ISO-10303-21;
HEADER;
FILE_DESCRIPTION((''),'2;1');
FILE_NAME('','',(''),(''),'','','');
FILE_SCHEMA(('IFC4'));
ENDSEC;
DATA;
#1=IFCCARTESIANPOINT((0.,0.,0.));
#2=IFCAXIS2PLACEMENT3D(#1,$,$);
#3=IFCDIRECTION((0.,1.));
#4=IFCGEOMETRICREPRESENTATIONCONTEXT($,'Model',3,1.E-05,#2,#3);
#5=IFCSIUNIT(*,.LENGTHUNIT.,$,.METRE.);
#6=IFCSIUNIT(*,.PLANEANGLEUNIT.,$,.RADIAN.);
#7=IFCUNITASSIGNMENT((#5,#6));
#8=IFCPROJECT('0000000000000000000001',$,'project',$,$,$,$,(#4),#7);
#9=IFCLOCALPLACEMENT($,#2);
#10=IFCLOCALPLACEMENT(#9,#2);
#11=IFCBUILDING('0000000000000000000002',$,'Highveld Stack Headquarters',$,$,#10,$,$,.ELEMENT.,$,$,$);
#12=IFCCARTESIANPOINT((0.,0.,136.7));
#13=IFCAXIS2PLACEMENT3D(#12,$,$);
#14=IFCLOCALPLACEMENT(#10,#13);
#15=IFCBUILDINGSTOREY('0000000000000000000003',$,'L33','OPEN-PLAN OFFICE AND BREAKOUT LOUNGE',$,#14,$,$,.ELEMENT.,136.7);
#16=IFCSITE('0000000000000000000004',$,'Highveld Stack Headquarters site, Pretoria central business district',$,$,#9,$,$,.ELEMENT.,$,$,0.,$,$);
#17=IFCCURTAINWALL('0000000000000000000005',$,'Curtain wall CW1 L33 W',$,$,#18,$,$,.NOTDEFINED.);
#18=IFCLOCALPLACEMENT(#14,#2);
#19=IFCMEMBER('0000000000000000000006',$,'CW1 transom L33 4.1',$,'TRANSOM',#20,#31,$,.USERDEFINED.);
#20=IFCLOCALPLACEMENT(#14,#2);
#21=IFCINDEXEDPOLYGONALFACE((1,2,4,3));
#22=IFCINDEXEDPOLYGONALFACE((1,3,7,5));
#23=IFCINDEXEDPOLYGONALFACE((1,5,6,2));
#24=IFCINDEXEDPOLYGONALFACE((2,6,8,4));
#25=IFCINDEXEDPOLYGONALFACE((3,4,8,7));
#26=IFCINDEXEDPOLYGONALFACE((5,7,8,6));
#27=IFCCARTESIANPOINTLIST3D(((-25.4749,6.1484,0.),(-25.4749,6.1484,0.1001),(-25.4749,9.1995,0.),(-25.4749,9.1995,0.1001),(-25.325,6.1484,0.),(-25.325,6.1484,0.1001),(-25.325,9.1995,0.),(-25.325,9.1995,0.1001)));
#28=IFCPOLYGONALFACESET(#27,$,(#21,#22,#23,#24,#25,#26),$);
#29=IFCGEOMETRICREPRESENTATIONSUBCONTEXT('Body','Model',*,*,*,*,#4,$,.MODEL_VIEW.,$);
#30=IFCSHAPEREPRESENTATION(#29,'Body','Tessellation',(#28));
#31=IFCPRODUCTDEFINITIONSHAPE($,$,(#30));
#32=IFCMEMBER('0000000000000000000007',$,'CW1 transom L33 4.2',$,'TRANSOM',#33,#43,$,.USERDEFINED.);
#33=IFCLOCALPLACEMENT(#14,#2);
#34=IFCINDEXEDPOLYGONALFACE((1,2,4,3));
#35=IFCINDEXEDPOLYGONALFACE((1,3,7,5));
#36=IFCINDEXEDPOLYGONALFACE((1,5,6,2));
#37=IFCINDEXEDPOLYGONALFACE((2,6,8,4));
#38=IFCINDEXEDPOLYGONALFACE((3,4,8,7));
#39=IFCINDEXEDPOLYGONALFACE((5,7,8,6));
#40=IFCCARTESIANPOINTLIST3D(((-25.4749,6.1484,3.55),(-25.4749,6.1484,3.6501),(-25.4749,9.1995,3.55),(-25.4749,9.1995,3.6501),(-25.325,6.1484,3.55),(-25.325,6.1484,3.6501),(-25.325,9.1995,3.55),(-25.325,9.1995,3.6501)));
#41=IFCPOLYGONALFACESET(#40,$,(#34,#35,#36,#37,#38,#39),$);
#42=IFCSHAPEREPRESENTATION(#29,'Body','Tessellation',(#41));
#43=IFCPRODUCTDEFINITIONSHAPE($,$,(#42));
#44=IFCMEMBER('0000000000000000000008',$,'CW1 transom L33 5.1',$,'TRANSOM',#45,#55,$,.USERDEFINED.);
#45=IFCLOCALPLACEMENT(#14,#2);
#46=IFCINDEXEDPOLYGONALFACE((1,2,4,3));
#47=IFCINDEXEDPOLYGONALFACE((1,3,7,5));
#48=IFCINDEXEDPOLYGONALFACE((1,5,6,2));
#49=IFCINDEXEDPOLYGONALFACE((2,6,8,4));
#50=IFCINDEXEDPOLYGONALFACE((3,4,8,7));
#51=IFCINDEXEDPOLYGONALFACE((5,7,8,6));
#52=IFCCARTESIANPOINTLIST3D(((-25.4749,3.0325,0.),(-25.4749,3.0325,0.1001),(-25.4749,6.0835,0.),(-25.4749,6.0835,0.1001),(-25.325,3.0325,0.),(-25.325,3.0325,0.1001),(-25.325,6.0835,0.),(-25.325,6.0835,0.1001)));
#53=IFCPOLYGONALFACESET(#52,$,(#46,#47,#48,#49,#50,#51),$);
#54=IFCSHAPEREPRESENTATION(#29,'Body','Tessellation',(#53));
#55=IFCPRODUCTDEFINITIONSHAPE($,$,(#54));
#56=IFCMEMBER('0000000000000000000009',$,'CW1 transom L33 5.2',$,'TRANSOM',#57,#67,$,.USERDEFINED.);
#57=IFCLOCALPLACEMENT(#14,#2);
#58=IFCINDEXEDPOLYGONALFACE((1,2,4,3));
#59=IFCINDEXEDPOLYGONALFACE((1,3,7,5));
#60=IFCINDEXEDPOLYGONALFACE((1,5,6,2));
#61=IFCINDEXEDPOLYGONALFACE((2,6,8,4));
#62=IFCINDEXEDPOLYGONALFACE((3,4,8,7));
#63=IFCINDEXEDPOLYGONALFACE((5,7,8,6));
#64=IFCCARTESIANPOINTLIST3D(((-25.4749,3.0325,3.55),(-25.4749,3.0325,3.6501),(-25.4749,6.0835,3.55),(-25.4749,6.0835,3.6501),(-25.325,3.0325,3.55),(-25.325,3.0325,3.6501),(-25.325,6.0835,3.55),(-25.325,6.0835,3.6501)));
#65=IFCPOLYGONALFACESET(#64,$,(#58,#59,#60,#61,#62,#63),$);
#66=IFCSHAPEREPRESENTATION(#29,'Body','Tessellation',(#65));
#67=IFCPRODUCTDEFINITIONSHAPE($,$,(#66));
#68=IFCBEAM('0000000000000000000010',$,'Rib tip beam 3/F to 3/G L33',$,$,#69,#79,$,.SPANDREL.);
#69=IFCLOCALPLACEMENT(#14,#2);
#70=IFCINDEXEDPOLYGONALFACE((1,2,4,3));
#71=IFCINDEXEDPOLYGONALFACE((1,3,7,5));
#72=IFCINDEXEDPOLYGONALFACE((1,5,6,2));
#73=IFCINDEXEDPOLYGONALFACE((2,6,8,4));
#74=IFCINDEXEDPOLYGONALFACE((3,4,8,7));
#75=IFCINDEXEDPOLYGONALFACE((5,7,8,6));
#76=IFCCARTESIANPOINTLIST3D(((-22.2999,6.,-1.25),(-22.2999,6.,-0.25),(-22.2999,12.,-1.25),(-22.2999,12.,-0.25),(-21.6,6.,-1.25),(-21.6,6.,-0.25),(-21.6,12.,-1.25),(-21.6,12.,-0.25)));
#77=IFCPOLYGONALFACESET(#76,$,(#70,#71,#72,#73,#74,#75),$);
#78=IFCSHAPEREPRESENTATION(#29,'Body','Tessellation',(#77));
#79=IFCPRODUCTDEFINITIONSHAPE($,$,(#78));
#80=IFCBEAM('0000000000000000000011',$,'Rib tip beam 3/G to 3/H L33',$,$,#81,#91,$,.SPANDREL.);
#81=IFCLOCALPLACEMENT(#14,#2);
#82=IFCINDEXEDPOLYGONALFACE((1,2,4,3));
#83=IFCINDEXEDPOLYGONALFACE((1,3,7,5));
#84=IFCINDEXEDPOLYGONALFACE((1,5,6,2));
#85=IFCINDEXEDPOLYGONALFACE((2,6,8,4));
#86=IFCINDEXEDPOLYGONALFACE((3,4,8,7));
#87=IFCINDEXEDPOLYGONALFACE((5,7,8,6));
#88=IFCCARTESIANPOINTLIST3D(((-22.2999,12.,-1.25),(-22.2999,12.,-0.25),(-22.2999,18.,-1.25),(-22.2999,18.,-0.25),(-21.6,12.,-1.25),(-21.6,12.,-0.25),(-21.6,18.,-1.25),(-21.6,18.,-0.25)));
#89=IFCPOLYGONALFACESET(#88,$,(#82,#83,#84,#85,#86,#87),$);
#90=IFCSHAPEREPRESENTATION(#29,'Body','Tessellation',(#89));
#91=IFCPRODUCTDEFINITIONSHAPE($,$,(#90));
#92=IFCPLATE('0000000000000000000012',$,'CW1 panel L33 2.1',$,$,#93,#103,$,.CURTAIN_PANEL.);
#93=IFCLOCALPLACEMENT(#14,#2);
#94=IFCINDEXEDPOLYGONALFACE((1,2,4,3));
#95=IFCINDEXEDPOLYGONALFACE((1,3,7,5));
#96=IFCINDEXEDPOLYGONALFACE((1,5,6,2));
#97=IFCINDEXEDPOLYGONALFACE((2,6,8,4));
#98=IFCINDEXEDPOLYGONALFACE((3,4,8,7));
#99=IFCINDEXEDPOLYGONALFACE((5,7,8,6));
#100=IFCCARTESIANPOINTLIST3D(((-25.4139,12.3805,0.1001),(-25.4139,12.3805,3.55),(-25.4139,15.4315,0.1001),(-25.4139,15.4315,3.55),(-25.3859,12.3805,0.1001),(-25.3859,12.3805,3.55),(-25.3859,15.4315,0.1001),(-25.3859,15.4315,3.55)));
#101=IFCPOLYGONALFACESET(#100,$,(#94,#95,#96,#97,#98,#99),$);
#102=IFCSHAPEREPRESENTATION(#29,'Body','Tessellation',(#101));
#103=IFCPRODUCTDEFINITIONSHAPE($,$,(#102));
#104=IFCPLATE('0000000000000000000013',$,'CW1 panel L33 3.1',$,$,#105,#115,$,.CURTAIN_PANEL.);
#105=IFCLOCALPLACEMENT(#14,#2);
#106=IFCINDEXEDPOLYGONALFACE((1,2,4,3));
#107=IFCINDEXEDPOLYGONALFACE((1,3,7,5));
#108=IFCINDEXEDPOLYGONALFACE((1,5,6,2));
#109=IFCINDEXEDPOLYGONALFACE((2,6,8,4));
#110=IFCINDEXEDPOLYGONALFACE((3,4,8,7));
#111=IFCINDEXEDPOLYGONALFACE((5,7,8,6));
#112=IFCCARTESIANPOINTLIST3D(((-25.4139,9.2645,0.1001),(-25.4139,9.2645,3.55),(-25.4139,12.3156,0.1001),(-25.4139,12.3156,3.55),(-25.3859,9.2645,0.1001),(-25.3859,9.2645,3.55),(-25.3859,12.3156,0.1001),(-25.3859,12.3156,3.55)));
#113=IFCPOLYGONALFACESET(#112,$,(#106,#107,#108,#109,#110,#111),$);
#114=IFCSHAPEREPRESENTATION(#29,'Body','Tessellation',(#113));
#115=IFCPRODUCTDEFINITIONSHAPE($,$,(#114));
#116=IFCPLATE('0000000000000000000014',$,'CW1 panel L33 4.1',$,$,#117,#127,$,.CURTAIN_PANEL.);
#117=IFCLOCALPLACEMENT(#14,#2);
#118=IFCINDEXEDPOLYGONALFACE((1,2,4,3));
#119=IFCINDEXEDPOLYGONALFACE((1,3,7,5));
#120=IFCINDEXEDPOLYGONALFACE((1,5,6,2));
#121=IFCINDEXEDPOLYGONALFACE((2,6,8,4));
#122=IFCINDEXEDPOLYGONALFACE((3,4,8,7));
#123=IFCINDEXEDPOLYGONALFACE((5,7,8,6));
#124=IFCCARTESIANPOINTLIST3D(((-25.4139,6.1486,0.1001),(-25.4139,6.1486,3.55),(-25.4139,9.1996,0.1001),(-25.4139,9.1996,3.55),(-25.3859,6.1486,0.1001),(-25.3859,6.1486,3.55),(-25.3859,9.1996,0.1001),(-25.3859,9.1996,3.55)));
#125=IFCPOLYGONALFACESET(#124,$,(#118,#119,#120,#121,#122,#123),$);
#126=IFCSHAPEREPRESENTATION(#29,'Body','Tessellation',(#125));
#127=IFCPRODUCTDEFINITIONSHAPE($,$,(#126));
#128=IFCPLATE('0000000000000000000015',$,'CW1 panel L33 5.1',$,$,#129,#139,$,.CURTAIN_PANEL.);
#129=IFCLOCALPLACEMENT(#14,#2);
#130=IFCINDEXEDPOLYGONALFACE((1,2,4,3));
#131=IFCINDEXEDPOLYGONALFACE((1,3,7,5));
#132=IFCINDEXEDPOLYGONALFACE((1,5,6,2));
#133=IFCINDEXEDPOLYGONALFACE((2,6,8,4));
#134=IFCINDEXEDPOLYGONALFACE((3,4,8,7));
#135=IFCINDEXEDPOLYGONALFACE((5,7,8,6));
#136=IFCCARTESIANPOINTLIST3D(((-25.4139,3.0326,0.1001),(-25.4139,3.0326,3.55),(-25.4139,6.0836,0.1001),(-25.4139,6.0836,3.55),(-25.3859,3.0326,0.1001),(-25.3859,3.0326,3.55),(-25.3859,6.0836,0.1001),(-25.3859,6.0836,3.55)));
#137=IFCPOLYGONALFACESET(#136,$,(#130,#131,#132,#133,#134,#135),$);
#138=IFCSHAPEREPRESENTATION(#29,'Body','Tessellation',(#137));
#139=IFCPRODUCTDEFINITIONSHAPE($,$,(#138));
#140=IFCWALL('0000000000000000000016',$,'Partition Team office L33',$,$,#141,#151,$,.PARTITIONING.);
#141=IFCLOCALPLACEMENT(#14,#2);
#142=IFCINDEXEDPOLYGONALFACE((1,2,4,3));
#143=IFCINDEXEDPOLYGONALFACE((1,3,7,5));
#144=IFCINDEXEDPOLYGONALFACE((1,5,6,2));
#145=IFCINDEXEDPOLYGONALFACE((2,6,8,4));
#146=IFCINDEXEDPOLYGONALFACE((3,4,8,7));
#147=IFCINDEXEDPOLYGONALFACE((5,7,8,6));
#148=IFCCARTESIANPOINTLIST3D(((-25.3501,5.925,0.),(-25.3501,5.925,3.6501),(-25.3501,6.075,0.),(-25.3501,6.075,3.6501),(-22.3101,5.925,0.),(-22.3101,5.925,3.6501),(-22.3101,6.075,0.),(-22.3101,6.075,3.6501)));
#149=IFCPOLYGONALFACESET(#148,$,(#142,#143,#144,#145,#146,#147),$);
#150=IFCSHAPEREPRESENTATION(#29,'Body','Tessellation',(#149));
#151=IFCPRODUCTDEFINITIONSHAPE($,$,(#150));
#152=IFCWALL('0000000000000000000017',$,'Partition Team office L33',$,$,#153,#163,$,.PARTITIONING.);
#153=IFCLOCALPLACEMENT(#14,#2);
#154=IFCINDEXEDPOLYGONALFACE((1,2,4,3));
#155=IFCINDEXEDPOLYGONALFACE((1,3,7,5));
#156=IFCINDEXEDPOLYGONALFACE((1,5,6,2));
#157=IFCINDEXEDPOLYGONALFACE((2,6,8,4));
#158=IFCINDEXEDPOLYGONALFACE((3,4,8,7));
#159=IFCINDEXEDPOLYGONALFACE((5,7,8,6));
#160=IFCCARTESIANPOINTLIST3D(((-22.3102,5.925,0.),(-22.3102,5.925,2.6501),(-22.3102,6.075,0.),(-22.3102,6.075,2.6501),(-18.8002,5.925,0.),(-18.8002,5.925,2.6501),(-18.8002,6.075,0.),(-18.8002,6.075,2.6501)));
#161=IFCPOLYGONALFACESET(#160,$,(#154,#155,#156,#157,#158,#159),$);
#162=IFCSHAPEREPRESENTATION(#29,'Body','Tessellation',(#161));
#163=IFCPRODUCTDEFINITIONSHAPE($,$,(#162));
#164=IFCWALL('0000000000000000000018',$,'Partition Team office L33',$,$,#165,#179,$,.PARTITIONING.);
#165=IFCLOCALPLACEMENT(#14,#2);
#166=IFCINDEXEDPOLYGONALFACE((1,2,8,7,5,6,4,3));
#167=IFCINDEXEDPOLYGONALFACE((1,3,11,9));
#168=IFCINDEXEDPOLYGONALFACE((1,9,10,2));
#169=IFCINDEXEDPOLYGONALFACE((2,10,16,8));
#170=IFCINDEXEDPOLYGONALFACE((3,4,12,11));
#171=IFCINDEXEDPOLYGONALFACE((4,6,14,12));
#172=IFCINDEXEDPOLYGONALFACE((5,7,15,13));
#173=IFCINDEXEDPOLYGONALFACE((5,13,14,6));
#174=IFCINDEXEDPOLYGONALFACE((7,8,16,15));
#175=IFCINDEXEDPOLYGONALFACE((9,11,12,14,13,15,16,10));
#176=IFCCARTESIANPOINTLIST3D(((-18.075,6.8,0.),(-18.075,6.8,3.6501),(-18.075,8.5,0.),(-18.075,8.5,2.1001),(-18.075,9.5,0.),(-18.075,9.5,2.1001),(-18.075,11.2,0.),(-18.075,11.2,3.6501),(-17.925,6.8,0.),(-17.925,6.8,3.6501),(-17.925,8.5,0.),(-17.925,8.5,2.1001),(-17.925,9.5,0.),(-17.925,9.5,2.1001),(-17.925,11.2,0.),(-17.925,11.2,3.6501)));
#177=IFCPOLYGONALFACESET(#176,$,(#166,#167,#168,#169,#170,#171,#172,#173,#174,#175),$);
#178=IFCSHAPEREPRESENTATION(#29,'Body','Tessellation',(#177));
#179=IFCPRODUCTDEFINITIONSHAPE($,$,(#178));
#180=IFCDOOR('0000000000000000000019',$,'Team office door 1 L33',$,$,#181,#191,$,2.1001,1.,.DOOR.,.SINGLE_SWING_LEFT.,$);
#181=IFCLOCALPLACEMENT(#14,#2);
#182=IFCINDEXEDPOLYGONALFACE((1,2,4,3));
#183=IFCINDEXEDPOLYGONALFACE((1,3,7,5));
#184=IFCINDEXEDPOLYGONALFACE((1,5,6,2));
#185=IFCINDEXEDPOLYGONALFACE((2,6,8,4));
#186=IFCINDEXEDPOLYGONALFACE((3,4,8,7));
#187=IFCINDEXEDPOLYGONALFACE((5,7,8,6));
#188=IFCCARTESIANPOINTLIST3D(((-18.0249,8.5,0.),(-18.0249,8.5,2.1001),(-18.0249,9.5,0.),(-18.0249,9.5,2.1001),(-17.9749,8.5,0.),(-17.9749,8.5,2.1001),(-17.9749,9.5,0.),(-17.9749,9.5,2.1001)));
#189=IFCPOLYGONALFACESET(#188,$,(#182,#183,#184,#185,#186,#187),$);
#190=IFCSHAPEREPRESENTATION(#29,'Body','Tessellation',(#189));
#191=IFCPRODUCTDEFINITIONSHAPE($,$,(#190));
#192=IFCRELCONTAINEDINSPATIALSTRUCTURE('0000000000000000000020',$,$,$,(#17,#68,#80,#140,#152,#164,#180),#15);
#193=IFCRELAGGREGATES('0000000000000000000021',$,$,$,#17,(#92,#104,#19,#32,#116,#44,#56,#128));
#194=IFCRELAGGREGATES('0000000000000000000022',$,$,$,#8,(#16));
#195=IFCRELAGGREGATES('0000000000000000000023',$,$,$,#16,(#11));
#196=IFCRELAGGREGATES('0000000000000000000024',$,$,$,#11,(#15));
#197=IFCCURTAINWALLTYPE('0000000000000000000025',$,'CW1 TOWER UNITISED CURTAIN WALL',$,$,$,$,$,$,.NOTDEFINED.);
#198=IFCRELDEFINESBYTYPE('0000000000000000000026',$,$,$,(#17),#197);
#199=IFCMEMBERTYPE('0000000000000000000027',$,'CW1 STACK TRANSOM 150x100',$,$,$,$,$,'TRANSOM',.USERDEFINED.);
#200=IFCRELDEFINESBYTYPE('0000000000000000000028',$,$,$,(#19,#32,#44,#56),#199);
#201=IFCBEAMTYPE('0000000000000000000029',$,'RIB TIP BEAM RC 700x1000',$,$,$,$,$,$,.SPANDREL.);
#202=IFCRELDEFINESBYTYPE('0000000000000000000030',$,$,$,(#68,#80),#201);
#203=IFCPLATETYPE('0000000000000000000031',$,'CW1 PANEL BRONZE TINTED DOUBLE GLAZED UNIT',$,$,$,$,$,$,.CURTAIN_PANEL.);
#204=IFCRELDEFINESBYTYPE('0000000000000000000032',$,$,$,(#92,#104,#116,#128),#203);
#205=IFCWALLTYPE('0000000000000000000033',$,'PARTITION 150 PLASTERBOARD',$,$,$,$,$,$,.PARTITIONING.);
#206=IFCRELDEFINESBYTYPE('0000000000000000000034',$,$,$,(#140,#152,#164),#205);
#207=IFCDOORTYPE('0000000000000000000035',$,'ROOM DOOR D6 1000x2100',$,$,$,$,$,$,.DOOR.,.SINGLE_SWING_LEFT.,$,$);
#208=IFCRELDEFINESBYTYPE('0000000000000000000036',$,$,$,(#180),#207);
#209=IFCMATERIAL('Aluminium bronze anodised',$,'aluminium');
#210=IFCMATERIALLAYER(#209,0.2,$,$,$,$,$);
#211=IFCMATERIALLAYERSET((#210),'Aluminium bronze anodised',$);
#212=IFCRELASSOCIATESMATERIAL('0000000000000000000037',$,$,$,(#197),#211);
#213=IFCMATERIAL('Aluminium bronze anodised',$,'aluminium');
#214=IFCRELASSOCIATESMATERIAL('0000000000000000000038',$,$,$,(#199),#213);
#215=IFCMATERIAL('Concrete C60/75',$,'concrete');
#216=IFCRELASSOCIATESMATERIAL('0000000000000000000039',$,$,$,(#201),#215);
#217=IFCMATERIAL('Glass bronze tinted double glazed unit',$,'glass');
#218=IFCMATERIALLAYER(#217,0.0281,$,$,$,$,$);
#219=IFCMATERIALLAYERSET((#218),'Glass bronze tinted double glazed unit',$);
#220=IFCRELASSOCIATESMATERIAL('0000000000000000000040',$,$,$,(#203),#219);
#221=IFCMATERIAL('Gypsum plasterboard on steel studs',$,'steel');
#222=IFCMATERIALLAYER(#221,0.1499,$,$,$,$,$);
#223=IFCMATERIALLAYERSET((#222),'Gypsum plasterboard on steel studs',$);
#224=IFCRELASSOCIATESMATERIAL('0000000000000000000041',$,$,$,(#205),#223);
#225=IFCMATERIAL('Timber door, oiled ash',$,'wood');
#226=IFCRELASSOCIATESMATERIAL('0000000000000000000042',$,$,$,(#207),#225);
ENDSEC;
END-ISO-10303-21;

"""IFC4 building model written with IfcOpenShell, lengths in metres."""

from ifc_helpers import new_model, si_unit, direction, frame, frame_2d, origin, origin_2d, place, context, subcontext, project, spatial, rectangle, extrude, material, layer, layer_set, material_profile, profile_set, type_object, element, fill, aggregate, save


model = new_model("IFC4")

# Units and contexts
model_context = context("Model", 3, precision=1e-05, world=origin(), true_north=direction((0.0, 1.0)))
body_context = subcontext(model_context, "Body", "Model", "MODEL_VIEW")
ifc_project = project(units=[si_unit("LENGTHUNIT", "METRE"), si_unit("PLANEANGLEUNIT", "RADIAN")], contexts=[model_context])

# Site, building, storey
site_placement = place(None, origin())
site = spatial("IfcSite", under=ifc_project, at=site_placement, Name="Highveld Stack Headquarters site, Pretoria central business district", CompositionType="ELEMENT", RefElevation=0.0)
building_placement = place(site_placement, origin())
building = spatial("IfcBuilding", under=site, at=building_placement, Name="Highveld Stack Headquarters", CompositionType="ELEMENT")
storey_placement = place(building_placement, frame((0.0, 0.0, 136.7)))
storey = spatial("IfcBuildingStorey", under=building, at=storey_placement, Name="L33", Description="OPEN-PLAN OFFICE AND BREAKOUT LOUNGE", CompositionType="ELEMENT", Elevation=136.7)

# Curtain wall, members
ifc_material_1 = material(Name="Aluminium bronze anodised", Category="aluminium")
ifc_layer_1 = layer(ifc_material_1, 0.2)
ifc_layer_set_1 = layer_set([ifc_layer_1], Name="Aluminium bronze anodised")
curtain_wall_type = type_object("IfcCurtainWallType", Name="CW1 TOWER UNITISED CURTAIN WALL", PredefinedType="NOTDEFINED", material=ifc_layer_set_1)
curtain_wall_placement = place(storey_placement, origin())
curtain_wall = element("IfcCurtainWall", 1, at=curtain_wall_placement, inside=storey, type_object=curtain_wall_type, Name="Curtain wall CW1 L33 W", PredefinedType="NOTDEFINED")
ifc_material_2 = material(Name="Aluminium bronze anodised", Category="aluminium")
ifc_material_profile_1 = material_profile(ifc_material_2, rectangle(XDim=0.1499, YDim=0.1001, at=origin_2d()), Name="CW1 TRANSOM 150x100")
ifc_profile_set_1 = profile_set([ifc_material_profile_1], Name="Aluminium bronze anodised")
member_type_1 = type_object("IfcMemberType", Name="CW1 STACK TRANSOM 150x100", ElementType="TRANSOM", PredefinedType="USERDEFINED", material=ifc_profile_set_1)
member_1_placement = place(storey_placement, frame((-25.3999, 9.1995, 0.05), z_axis=(0.0, -1.0, 0.0), x_axis=(1.0, 0.0, 0.0)))
member_1 = element("IfcMember", 2, at=member_1_placement, type_object=member_type_1, Name="CW1 transom L33 4.1", ObjectType="TRANSOM", PredefinedType="USERDEFINED", context=body_context, shape_type="SweptSolid", body=[
    extrude(rectangle(XDim=0.1499, YDim=0.1001, at=origin_2d()), origin(), (0.0, 0.0, 1.0), 3.051),
])
member_2_placement = place(storey_placement, frame((-25.3999, 9.1995, 3.6001), z_axis=(0.0, -1.0, 0.0), x_axis=(1.0, 0.0, 0.0)))
member_2 = element("IfcMember", 3, at=member_2_placement, type_object=member_type_1, Name="CW1 transom L33 4.2", ObjectType="TRANSOM", PredefinedType="USERDEFINED", context=body_context, shape_type="SweptSolid", body=[
    extrude(rectangle(XDim=0.1499, YDim=0.1001, at=origin_2d()), origin(), (0.0, 0.0, 1.0), 3.051),
])
member_3_placement = place(storey_placement, frame((-25.3999, 6.0835, 0.05), z_axis=(0.0, -1.0, 0.0), x_axis=(1.0, 0.0, 0.0)))
member_3 = element("IfcMember", 4, at=member_3_placement, type_object=member_type_1, Name="CW1 transom L33 5.1", ObjectType="TRANSOM", PredefinedType="USERDEFINED", context=body_context, shape_type="SweptSolid", body=[
    extrude(rectangle(XDim=0.1499, YDim=0.1001, at=origin_2d()), origin(), (0.0, 0.0, 1.0), 3.051),
])
member_4_placement = place(storey_placement, frame((-25.3999, 6.0835, 3.6001), z_axis=(0.0, -1.0, 0.0), x_axis=(1.0, 0.0, 0.0)))
member_4 = element("IfcMember", 5, at=member_4_placement, type_object=member_type_1, Name="CW1 transom L33 5.2", ObjectType="TRANSOM", PredefinedType="USERDEFINED", context=body_context, shape_type="SweptSolid", body=[
    extrude(rectangle(XDim=0.1499, YDim=0.1001, at=origin_2d()), origin(), (0.0, 0.0, 1.0), 3.051),
])

# Beams
ifc_material_3 = material(Name="Concrete C60/75", Category="concrete")
ifc_material_profile_2 = material_profile(ifc_material_3, rectangle(XDim=0.7, YDim=1.0, at=origin_2d()), Name="RC 700x1000")
ifc_profile_set_2 = profile_set([ifc_material_profile_2], Name="Concrete C60/75")
beam_type_1 = type_object("IfcBeamType", Name="RIB TIP BEAM RC 700x1000", PredefinedType="SPANDREL", material=ifc_profile_set_2)
for number, where, z_axis, x_axis, name in (
    (6, (-21.95, 6.0, -0.75), (0.0, 1.0, 0.0), (-1.0, 0.0, 0.0), "Rib tip beam 3/F to 3/G L33"),
    (7, (-21.95, 12.0, -0.75), (0.0, 1.0, 0.0), (-1.0, 0.0, 0.0), "Rib tip beam 3/G to 3/H L33"),
):
    element("IfcBeam", number, at=place(storey_placement, frame(where, z_axis=z_axis, x_axis=x_axis)), inside=storey, type_object=beam_type_1, Name=name, PredefinedType="SPANDREL", context=body_context, shape_type="SweptSolid", body=[
        extrude(rectangle(XDim=0.7, YDim=1.0, at=origin_2d()), origin(), (0.0, 0.0, 1.0), 6.0),
    ])

# Plates
ifc_material_4 = material(Name="Glass bronze tinted double glazed unit", Category="glass")
ifc_layer_2 = layer(ifc_material_4, 0.0281)
ifc_layer_set_2 = layer_set([ifc_layer_2], Name="Glass bronze tinted double glazed unit")
plate_type = type_object("IfcPlateType", Name="CW1 PANEL BRONZE TINTED DOUBLE GLAZED UNIT", PredefinedType="CURTAIN_PANEL", material=ifc_layer_set_2)
plate_1_placement = place(storey_placement, frame((-25.3999, 13.906, 0.1001), z_axis=(0.0, 0.0, 1.0), x_axis=(0.0, -1.0, 0.0)))
plate_1 = element("IfcPlate", 8, at=plate_1_placement, type_object=plate_type, Name="CW1 panel L33 2.1", PredefinedType="CURTAIN_PANEL", context=body_context, shape_type="SweptSolid", body=[
    extrude(rectangle(XDim=3.051, YDim=0.0281, at=origin_2d()), origin(), (0.0, 0.0, 1.0), 3.45),
])
plate_2_placement = place(storey_placement, frame((-25.3999, 10.79, 0.1001), z_axis=(0.0, 0.0, 1.0), x_axis=(0.0, -1.0, 0.0)))
plate_2 = element("IfcPlate", 9, at=plate_2_placement, type_object=plate_type, Name="CW1 panel L33 3.1", PredefinedType="CURTAIN_PANEL", context=body_context, shape_type="SweptSolid", body=[
    extrude(rectangle(XDim=3.051, YDim=0.0281, at=origin_2d()), origin(), (0.0, 0.0, 1.0), 3.45),
])
plate_3_placement = place(storey_placement, frame((-25.3999, 7.6741, 0.1001), z_axis=(0.0, 0.0, 1.0), x_axis=(0.0, -1.0, 0.0)))
plate_3 = element("IfcPlate", 10, at=plate_3_placement, type_object=plate_type, Name="CW1 panel L33 4.1", PredefinedType="CURTAIN_PANEL", context=body_context, shape_type="SweptSolid", body=[
    extrude(rectangle(XDim=3.051, YDim=0.0281, at=origin_2d()), origin(), (0.0, 0.0, 1.0), 3.45),
])
plate_4_placement = place(storey_placement, frame((-25.3999, 4.5581, 0.1001), z_axis=(0.0, 0.0, 1.0), x_axis=(0.0, -1.0, 0.0)))
plate_4 = element("IfcPlate", 11, at=plate_4_placement, type_object=plate_type, Name="CW1 panel L33 5.1", PredefinedType="CURTAIN_PANEL", context=body_context, shape_type="SweptSolid", body=[
    extrude(rectangle(XDim=3.051, YDim=0.0281, at=origin_2d()), origin(), (0.0, 0.0, 1.0), 3.45),
])
aggregate(curtain_wall, [plate_1, plate_2, member_1, member_2, plate_3, member_3, member_4, plate_4])

# Walls
ifc_material_5 = material(Name="Gypsum plasterboard on steel studs", Category="steel")
ifc_layer_3 = layer(ifc_material_5, 0.1499)
ifc_layer_set_3 = layer_set([ifc_layer_3], Name="Gypsum plasterboard on steel studs")
wall_type = type_object("IfcWallType", Name="PARTITION 150 PLASTERBOARD", PredefinedType="PARTITIONING", material=ifc_layer_set_3)
wall_1_placement = place(storey_placement, frame((-25.3501, 6.0, 0.0), z_axis=(0.0, 0.0, 1.0), x_axis=(1.0, 0.0, 0.0)))
element("IfcWall", 12, at=wall_1_placement, inside=storey, type_object=wall_type, Name="Partition Team office L33", PredefinedType="PARTITIONING", context=body_context, shape_type="SweptSolid", body=[
    extrude(rectangle(XDim=3.04, YDim=0.1499, at=frame_2d((1.52, 0.0))), origin(), (0.0, 0.0, 1.0), 3.6501),
])
wall_2_placement = place(storey_placement, frame((-22.3101, 6.0, 0.0), z_axis=(0.0, 0.0, 1.0), x_axis=(1.0, 0.0, 0.0)))
element("IfcWall", 13, at=wall_2_placement, inside=storey, type_object=wall_type, Name="Partition Team office L33", PredefinedType="PARTITIONING", context=body_context, shape_type="SweptSolid", body=[
    extrude(rectangle(XDim=3.51, YDim=0.1499, at=frame_2d((1.7549, 0.0))), origin(), (0.0, 0.0, 1.0), 2.6501),
])

# Wall, opening, door
wall_3_placement = place(storey_placement, frame((-18.0, 6.8, 0.0), z_axis=(0.0, 0.0, 1.0), x_axis=(0.0, 1.0, 0.0)))
wall_3 = element("IfcWall", 14, at=wall_3_placement, inside=storey, type_object=wall_type, Name="Partition Team office L33", PredefinedType="PARTITIONING", context=body_context, shape_type="SweptSolid", body=[
    extrude(rectangle(XDim=4.3999, YDim=0.1499, at=frame_2d((2.2, 0.0))), origin(), (0.0, 0.0, 1.0), 3.6501),
])
opening_placement = place(wall_3_placement, frame((1.7, 0.0, 0.0)))
opening = element("IfcOpeningElement", 15, at=opening_placement, cuts=wall_3, PredefinedType="OPENING", context=body_context, shape_type="SweptSolid", body=[
    extrude(rectangle(XDim=1.0, YDim=2.1001, at=frame_2d((0.5, 1.05))), frame((0.0, 0.085, 0.0), z_axis=(0.0, -1.0, 0.0), x_axis=(1.0, 0.0, 0.0)), (0.0, 0.0, 1.0), 0.1699),
])
ifc_material_6 = material(Name="Timber door, oiled ash", Category="wood")
door_type = type_object("IfcDoorType", Name="ROOM DOOR D6 1000x2100", OperationType="SINGLE_SWING_LEFT", PredefinedType="DOOR", material=ifc_material_6)
door_placement = place(opening_placement, origin())
door = element("IfcDoor", 16, at=door_placement, inside=storey, type_object=door_type, Name="Team office door 1 L33", OperationType="SINGLE_SWING_LEFT", OverallHeight=2.1001, OverallWidth=1.0, PredefinedType="DOOR", context=body_context, shape_type="SweptSolid", body=[
    extrude(rectangle(XDim=1.0, YDim=2.1001, at=frame_2d((0.5, 1.05))), frame((0.0, 0.0249, 0.0), z_axis=(0.0, -1.0, 0.0), x_axis=(1.0, 0.0, 0.0)), (0.0, 0.0, 1.0), 0.05),
])
fill(opening, door)

save(model, "model.ifc")
